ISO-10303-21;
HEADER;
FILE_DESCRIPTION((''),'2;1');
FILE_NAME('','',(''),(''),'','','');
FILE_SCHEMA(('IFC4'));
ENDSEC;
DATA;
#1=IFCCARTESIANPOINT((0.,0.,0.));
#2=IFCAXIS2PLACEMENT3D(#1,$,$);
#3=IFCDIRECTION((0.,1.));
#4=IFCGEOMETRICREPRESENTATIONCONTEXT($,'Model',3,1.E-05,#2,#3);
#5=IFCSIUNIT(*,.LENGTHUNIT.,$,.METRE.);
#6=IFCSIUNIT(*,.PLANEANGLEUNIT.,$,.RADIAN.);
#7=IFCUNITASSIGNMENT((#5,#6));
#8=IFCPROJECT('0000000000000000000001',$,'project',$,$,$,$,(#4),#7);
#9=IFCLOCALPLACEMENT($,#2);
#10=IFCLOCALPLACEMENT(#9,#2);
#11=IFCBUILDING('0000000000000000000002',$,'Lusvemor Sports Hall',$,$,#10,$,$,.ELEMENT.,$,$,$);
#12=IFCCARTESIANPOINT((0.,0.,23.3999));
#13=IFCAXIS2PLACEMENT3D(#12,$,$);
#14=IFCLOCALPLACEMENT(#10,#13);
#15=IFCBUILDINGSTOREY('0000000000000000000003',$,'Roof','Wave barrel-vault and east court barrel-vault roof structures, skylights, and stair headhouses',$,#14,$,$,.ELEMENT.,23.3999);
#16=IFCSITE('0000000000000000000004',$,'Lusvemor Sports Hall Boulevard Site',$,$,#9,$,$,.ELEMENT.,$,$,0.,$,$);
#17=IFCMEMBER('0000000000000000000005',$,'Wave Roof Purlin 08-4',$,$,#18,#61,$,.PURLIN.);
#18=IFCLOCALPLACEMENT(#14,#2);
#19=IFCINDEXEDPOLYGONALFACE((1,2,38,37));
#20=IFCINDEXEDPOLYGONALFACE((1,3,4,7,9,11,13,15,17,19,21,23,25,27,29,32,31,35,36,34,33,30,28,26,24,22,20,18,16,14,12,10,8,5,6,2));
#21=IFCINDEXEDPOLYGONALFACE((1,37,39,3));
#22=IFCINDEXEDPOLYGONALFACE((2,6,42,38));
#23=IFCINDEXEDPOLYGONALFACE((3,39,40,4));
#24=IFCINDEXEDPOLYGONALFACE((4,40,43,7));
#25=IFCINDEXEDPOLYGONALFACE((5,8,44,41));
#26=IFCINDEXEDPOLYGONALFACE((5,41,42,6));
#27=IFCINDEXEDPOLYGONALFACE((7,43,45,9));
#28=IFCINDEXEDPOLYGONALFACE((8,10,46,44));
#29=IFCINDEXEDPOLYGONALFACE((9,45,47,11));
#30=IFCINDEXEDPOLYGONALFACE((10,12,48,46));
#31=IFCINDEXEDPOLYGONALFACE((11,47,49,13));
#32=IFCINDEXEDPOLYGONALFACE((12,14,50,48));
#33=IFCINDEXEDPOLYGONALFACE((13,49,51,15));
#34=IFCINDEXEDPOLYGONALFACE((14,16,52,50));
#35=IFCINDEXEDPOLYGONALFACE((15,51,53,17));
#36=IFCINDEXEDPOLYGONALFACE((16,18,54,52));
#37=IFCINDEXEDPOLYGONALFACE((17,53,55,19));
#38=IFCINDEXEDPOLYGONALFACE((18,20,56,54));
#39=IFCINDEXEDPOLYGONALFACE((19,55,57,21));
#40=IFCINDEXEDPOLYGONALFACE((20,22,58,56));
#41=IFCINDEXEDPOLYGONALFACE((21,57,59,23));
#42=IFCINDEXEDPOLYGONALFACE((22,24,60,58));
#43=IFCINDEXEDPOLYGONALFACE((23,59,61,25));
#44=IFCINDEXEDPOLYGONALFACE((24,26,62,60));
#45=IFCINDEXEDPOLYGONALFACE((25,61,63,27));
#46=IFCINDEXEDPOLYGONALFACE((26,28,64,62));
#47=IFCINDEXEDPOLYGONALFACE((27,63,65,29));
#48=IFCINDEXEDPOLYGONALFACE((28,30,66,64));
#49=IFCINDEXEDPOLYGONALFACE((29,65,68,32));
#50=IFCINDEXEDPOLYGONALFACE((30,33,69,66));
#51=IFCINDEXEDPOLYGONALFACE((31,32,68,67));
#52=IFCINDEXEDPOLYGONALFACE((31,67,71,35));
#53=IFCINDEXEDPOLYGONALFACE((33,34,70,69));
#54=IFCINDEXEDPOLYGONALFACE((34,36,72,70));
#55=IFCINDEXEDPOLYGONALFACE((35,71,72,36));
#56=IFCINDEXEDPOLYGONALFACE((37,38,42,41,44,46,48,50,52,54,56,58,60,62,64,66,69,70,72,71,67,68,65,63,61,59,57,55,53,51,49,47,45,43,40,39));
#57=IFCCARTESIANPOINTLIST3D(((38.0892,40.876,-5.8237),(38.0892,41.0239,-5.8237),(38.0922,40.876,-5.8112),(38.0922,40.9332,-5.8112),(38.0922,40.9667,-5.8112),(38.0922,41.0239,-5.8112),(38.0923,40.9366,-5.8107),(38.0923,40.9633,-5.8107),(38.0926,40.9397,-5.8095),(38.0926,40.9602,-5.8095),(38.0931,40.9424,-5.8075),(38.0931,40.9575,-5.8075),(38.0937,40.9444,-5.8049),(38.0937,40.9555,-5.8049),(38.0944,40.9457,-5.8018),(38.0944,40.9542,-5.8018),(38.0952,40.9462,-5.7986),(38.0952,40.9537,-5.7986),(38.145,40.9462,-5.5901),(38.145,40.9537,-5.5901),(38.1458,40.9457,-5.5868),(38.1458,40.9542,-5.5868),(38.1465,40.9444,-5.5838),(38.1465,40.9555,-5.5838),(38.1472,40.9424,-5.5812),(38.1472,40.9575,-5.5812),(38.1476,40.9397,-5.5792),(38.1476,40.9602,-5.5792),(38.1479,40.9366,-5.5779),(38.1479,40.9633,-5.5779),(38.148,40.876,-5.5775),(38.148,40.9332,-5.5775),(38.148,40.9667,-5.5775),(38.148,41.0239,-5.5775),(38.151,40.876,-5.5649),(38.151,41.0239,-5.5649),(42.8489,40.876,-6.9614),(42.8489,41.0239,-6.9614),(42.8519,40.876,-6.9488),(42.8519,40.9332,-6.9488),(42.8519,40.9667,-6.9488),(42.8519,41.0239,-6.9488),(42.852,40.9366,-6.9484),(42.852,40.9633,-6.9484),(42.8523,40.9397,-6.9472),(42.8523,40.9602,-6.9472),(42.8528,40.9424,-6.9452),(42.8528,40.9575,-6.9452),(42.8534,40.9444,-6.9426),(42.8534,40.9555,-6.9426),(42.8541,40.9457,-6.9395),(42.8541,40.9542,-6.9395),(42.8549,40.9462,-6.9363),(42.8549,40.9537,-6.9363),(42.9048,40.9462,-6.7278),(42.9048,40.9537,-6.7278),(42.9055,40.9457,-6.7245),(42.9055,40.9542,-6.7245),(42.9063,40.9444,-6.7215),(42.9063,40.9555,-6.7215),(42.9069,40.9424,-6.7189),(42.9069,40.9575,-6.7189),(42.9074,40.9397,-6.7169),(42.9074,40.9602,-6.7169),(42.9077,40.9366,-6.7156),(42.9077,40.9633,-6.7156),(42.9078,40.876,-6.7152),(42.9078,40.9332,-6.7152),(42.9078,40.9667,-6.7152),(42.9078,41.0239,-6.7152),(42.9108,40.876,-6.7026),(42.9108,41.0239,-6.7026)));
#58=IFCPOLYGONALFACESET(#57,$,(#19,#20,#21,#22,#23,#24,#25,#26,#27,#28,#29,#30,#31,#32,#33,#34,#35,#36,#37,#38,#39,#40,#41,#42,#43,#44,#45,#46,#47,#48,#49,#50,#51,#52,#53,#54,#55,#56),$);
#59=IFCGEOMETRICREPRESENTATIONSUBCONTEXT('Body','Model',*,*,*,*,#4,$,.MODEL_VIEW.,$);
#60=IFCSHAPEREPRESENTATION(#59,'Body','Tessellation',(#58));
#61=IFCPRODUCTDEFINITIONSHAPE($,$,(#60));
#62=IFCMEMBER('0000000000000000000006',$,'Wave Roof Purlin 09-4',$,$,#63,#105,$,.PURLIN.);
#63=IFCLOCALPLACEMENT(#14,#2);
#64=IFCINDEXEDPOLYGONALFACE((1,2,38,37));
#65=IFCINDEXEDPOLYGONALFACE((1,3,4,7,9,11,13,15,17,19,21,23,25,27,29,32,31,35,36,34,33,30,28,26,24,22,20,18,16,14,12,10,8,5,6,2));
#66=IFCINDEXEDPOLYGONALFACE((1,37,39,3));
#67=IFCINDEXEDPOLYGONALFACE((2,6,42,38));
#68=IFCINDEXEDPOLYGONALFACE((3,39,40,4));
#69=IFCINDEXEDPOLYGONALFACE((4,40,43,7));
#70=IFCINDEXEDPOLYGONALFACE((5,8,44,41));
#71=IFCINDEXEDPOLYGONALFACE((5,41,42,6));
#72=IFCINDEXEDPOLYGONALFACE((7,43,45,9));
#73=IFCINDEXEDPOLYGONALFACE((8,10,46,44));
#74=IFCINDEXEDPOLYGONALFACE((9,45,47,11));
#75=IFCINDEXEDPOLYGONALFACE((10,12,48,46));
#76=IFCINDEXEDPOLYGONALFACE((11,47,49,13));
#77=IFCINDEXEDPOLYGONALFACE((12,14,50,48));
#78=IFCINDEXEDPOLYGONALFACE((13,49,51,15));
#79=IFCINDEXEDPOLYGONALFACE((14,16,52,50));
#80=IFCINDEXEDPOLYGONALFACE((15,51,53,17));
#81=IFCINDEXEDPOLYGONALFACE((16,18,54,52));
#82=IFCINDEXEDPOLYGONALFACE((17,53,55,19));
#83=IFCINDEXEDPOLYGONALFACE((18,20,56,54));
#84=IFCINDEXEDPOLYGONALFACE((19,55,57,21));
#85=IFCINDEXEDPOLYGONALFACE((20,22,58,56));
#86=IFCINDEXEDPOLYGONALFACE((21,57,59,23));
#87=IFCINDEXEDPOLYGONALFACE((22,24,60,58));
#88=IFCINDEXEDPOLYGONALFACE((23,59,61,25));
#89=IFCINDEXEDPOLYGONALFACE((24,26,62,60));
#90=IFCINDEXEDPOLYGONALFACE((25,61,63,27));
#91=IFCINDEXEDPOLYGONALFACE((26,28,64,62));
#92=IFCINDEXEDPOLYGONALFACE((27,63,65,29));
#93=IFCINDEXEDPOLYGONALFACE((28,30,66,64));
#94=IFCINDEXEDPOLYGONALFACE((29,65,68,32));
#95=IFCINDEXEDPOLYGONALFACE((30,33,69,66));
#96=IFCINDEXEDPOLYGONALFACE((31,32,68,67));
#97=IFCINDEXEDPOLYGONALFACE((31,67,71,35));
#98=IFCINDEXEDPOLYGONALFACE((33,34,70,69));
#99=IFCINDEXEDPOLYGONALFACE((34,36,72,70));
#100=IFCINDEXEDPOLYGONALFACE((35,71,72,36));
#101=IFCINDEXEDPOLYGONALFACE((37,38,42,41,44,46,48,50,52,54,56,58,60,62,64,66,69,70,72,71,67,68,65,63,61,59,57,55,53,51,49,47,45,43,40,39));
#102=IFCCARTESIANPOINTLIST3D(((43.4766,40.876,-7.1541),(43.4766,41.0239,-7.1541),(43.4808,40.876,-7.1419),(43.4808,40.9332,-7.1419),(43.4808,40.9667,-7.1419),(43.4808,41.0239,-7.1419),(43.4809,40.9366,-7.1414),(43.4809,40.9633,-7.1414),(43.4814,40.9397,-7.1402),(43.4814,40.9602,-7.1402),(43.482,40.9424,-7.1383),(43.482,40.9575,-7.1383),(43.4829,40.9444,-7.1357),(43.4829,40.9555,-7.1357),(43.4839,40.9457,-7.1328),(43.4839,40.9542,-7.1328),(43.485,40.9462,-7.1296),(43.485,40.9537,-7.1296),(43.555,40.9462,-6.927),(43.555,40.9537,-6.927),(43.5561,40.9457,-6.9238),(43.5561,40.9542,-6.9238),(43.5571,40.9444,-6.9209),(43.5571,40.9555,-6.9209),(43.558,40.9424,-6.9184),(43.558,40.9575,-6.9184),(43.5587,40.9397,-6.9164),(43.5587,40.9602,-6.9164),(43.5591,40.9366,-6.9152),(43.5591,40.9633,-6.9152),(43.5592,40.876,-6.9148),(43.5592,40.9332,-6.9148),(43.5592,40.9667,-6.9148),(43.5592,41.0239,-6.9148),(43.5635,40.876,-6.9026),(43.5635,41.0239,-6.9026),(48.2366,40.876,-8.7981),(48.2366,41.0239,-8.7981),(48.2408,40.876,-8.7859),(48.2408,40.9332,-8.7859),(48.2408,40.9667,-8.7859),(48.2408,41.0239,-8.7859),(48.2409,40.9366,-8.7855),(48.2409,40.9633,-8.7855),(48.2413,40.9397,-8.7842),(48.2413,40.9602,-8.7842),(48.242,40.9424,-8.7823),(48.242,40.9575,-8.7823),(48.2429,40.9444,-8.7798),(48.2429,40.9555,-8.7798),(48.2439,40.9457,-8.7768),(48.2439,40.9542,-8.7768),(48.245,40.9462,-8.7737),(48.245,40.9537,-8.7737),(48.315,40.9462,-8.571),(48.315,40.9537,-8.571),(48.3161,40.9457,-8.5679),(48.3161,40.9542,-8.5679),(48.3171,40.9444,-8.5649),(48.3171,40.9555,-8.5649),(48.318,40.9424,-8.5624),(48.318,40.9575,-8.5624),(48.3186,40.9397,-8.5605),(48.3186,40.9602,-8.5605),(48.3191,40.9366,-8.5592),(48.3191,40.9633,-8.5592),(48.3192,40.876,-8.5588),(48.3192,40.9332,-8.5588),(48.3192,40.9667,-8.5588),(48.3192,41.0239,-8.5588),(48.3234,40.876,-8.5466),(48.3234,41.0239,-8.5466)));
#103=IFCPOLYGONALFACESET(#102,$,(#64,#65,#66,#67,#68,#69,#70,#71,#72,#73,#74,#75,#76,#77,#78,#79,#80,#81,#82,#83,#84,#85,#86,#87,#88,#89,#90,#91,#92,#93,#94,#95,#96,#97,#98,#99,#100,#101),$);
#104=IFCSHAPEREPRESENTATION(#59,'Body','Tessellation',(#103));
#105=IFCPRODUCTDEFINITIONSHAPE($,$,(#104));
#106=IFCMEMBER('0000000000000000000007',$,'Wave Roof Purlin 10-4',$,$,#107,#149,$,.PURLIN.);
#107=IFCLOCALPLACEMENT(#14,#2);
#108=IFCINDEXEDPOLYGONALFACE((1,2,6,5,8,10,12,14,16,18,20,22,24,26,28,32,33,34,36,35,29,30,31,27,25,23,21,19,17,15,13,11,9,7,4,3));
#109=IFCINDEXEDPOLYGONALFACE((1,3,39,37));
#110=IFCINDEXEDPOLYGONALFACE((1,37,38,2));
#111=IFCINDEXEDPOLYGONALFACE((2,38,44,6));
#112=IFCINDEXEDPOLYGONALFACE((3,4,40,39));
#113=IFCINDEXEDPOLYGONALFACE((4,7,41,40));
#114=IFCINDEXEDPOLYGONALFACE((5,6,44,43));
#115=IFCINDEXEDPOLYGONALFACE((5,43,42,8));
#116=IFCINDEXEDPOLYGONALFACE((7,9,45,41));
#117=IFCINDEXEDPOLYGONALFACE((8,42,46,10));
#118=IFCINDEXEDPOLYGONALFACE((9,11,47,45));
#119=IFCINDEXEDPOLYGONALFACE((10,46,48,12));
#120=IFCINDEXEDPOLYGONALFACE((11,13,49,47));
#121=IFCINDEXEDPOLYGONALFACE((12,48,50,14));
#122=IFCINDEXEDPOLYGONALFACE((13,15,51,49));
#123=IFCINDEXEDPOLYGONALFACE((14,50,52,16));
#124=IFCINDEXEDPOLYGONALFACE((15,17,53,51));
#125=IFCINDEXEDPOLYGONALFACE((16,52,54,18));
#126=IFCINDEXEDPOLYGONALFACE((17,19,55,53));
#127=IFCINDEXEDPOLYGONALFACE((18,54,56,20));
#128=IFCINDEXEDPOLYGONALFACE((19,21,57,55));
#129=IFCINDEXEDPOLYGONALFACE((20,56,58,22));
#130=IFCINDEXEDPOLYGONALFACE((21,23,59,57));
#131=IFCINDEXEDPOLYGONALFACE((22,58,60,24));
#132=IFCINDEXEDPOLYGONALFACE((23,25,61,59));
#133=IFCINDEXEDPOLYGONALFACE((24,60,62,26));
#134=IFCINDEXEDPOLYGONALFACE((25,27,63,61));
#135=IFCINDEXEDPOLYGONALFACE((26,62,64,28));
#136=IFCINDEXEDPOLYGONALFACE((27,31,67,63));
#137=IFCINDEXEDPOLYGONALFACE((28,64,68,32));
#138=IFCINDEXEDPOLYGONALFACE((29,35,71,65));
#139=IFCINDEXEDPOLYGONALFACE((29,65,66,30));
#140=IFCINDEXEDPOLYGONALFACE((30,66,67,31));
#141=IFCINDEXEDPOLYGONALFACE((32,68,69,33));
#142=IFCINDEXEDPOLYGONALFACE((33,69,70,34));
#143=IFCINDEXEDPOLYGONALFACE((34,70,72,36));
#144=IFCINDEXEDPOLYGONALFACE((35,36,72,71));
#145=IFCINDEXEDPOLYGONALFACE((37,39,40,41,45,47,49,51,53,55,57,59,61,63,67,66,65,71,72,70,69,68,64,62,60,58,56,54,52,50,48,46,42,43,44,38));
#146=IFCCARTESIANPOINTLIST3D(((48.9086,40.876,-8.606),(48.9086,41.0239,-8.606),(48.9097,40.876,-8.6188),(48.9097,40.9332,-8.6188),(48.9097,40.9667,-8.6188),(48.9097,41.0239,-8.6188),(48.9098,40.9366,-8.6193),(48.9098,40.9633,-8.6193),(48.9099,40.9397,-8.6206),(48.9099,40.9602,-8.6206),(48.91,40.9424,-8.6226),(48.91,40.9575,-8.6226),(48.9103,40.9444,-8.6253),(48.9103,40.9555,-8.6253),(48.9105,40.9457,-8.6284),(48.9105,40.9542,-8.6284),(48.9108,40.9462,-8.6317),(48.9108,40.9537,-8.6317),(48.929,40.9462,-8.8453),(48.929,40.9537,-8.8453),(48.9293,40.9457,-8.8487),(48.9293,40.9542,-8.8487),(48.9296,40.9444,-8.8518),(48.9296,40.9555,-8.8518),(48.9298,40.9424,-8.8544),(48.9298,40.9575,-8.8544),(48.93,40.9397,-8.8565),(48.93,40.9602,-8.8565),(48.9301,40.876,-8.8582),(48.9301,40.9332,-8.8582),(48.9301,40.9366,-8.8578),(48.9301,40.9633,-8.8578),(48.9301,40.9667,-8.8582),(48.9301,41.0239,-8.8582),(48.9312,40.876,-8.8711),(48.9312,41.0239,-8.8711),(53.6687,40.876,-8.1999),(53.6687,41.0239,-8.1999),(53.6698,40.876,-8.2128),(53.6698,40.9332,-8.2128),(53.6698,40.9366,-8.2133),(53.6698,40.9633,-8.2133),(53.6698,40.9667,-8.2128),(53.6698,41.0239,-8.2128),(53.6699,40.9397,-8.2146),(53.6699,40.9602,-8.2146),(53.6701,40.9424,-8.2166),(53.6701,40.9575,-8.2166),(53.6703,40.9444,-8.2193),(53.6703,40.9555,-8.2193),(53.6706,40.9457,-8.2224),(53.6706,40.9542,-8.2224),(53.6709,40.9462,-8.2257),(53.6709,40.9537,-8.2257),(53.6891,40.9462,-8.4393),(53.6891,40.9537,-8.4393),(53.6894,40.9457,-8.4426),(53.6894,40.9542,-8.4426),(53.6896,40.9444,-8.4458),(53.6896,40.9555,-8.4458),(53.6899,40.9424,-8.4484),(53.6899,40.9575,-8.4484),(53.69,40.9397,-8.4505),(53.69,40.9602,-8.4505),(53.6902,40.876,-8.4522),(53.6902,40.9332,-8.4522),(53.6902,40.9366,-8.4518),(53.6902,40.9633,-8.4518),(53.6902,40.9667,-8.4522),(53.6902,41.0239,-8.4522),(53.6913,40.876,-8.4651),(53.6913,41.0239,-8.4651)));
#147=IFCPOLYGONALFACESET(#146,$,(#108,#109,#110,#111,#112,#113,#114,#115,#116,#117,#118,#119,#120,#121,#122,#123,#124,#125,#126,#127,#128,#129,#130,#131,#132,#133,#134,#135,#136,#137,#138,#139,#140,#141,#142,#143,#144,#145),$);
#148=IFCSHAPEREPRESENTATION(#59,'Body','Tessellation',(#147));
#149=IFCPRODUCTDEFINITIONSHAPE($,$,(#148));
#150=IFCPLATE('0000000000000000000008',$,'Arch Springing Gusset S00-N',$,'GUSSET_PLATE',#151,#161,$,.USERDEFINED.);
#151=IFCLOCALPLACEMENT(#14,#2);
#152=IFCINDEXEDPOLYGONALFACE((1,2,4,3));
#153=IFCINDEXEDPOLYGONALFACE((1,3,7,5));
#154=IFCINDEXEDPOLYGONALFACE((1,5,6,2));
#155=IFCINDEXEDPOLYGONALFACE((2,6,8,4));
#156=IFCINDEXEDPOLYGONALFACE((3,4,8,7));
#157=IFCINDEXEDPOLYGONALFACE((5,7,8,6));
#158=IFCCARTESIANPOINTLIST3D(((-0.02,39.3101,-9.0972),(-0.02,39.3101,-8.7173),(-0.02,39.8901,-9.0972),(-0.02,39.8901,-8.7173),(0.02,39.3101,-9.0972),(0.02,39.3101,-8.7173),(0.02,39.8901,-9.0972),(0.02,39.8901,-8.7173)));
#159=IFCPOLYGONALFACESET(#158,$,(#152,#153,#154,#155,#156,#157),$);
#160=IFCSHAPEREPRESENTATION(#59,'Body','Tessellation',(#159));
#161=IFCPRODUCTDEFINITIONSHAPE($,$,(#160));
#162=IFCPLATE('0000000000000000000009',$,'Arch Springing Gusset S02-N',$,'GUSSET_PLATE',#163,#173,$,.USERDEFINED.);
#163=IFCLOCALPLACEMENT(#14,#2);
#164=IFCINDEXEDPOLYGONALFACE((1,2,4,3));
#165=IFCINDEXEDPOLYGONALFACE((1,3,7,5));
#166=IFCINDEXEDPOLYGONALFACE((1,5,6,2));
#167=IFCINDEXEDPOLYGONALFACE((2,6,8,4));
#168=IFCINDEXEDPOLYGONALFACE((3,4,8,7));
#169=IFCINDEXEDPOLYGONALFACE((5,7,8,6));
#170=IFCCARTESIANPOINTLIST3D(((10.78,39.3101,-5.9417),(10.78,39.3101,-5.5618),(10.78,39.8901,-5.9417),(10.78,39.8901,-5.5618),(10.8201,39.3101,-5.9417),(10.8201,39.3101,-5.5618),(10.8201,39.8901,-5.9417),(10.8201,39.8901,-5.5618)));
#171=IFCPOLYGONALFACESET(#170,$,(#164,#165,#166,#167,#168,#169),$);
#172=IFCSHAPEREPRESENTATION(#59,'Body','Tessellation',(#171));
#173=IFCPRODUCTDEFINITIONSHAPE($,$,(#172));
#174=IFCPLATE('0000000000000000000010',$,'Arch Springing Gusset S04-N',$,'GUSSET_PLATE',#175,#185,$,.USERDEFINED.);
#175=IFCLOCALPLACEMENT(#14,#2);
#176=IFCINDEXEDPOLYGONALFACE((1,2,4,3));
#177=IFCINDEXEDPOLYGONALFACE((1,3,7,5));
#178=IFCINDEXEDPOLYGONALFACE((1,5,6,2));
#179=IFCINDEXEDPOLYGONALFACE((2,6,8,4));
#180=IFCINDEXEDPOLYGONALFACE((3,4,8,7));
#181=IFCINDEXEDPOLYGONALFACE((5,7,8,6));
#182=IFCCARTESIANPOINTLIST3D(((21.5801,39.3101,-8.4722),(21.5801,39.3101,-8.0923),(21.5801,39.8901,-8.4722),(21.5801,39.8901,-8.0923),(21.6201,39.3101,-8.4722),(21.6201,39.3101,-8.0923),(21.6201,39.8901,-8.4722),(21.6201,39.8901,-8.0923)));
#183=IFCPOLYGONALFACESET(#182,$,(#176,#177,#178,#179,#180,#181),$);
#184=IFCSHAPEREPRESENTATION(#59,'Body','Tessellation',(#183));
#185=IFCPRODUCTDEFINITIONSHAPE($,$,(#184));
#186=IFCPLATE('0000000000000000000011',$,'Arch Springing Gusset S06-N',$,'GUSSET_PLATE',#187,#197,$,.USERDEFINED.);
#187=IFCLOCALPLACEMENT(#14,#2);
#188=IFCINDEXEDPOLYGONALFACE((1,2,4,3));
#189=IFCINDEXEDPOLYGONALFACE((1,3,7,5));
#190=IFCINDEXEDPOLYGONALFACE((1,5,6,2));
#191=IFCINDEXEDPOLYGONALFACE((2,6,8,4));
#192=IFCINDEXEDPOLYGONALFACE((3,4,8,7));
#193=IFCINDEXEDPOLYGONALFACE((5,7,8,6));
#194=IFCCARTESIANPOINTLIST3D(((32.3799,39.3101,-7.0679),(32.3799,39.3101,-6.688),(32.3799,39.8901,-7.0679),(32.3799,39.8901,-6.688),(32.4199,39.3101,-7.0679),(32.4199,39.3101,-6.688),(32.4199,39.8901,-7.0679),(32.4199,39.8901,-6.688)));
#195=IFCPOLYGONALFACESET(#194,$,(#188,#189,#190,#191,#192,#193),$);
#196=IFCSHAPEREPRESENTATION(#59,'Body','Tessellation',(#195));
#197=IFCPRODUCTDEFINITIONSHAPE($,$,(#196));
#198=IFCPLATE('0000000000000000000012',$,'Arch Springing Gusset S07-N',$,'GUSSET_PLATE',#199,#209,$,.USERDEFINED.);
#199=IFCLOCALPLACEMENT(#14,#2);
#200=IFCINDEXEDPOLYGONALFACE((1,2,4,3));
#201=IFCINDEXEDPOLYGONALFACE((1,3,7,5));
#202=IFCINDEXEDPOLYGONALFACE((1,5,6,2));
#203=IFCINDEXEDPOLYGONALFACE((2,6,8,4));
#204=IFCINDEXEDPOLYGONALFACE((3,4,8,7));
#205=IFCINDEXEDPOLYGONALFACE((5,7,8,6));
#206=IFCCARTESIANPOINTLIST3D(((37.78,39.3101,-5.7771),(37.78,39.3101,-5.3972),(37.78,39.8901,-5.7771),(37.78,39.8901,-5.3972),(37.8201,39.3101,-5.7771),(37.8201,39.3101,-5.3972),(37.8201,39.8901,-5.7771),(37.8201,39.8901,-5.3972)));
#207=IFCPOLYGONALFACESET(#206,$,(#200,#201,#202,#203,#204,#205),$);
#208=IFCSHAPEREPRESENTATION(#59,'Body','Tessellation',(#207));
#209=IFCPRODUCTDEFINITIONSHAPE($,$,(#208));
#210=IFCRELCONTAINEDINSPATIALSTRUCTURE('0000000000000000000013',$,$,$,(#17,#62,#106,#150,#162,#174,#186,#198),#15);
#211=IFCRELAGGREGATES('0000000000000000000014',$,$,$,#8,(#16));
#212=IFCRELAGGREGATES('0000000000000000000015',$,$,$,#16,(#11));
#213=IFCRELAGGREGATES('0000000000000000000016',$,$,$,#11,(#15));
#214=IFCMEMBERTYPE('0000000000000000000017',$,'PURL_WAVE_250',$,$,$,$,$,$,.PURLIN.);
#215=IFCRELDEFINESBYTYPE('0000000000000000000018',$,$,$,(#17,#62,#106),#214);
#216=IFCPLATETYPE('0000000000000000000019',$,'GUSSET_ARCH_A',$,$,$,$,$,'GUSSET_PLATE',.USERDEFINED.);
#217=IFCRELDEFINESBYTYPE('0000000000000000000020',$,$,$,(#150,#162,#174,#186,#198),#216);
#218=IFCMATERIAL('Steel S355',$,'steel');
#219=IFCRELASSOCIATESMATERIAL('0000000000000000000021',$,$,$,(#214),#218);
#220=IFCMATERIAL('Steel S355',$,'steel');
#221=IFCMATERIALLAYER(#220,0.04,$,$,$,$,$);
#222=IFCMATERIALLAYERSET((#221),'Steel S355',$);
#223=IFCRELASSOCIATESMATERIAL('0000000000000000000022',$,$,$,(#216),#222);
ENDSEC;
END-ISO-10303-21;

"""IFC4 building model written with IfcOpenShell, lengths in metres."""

from ifc_helpers import new_model, si_unit, direction, frame, origin, origin_2d, place, context, subcontext, project, spatial, rectangle, i_section, extrude, material, layer, layer_set, material_profile, profile_set, type_object, element, save


model = new_model("IFC4")

# Units and contexts
model_context = context("Model", 3, precision=1e-05, world=origin(), true_north=direction((0.0, 1.0)))
body_context = subcontext(model_context, "Body", "Model", "MODEL_VIEW")
ifc_project = project(units=[si_unit("LENGTHUNIT", "METRE"), si_unit("PLANEANGLEUNIT", "RADIAN")], contexts=[model_context])

# Site, building, storey
site_placement = place(None, origin())
site = spatial("IfcSite", under=ifc_project, at=site_placement, Name="Lusvemor Sports Hall Boulevard Site", CompositionType="ELEMENT", RefElevation=0.0)
building_placement = place(site_placement, origin())
building = spatial("IfcBuilding", under=site, at=building_placement, Name="Lusvemor Sports Hall", CompositionType="ELEMENT")
storey_placement = place(building_placement, frame((0.0, 0.0, 23.3999)))
storey = spatial("IfcBuildingStorey", under=building, at=storey_placement, Name="Roof", Description="Wave barrel-vault and east court barrel-vault roof structures, skylights, and stair headhouses", CompositionType="ELEMENT", Elevation=23.3999)

# Members
ifc_material_1 = material(Name="Steel S355", Category="steel")
ifc_material_profile_1 = material_profile(ifc_material_1, i_section(OverallWidth=0.1479, OverallDepth=0.2661, WebThickness=0.0076, FlangeThickness=0.0129, FilletRadius=0.0129, at=origin_2d()), Name="W250x44.8")
ifc_profile_set_1 = profile_set([ifc_material_profile_1], Name="Steel S355")
member_type = type_object("IfcMemberType", Name="PURL_WAVE_250", PredefinedType="PURLIN", material=ifc_profile_set_1)
member_1_placement = place(storey_placement, frame((38.1201, 40.95, -5.6943), z_axis=(0.972602, 0.0, -0.232475), x_axis=(0.0, 1.0, 0.0)))
element("IfcMember", 1, at=member_1_placement, inside=storey, type_object=member_type, Name="Wave Roof Purlin 08-4", PredefinedType="PURLIN", context=body_context, shape_type="SweptSolid", body=[
    extrude(i_section(OverallWidth=0.1479, OverallDepth=0.2661, WebThickness=0.0076, FlangeThickness=0.0129, FilletRadius=0.0129, at=origin_2d()), origin(), (0.0, 0.0, 1.0), 4.8938),
])
member_2_placement = place(storey_placement, frame((43.52, 40.95, -7.0283), z_axis=(0.94521, 0.0, -0.326463), x_axis=(0.0, 1.0, 0.0)))
element("IfcMember", 2, at=member_2_placement, inside=storey, type_object=member_type, Name="Wave Roof Purlin 09-4", PredefinedType="PURLIN", context=body_context, shape_type="SweptSolid", body=[
    extrude(i_section(OverallWidth=0.1479, OverallDepth=0.2661, WebThickness=0.0076, FlangeThickness=0.0129, FilletRadius=0.0129, at=origin_2d()), origin(), (0.0, 0.0, 1.0), 5.0359),
])
member_3_placement = place(storey_placement, frame((48.9199, 40.95, -8.7385), z_axis=(0.996382, 0.0, 0.084987), x_axis=(0.0, 1.0, 0.0)))
element("IfcMember", 3, at=member_3_placement, inside=storey, type_object=member_type, Name="Wave Roof Purlin 10-4", PredefinedType="PURLIN", context=body_context, shape_type="SweptSolid", body=[
    extrude(i_section(OverallWidth=0.1479, OverallDepth=0.2661, WebThickness=0.0076, FlangeThickness=0.0129, FilletRadius=0.0129, at=origin_2d()), origin(), (0.0, 0.0, 1.0), 4.7773),
])

# Plates
ifc_material_2 = material(Name="Steel S355", Category="steel")
ifc_layer_1 = layer(ifc_material_2, 0.04)
ifc_layer_set_1 = layer_set([ifc_layer_1], Name="Steel S355")
plate_type = type_object("IfcPlateType", Name="GUSSET_ARCH_A", ElementType="GUSSET_PLATE", PredefinedType="USERDEFINED", material=ifc_layer_set_1)
for number, where, z_axis, x_axis, name in (
    (4, (0.0, 39.6001, -9.0972), (0.0, 0.0, 1.0), (1.0, 0.0, 0.0), "Arch Springing Gusset S00-N"),
    (5, (10.8, 39.6001, -5.9417), (0.0, 0.0, 1.0), (1.0, 0.0, 0.0), "Arch Springing Gusset S02-N"),
    (6, (21.6001, 39.6001, -8.4722), (0.0, 0.0, 1.0), (1.0, 0.0, 0.0), "Arch Springing Gusset S04-N"),
    (7, (32.3999, 39.6001, -7.0679), (0.0, 0.0, 1.0), (1.0, 0.0, 0.0), "Arch Springing Gusset S06-N"),
    (8, (37.8, 39.6001, -5.7771), (0.0, 0.0, 1.0), (1.0, 0.0, 0.0), "Arch Springing Gusset S07-N"),
):
    element("IfcPlate", number, at=place(storey_placement, frame(where, z_axis=z_axis, x_axis=x_axis)), inside=storey, type_object=plate_type, Name=name, ObjectType="GUSSET_PLATE", PredefinedType="USERDEFINED", context=body_context, shape_type="SweptSolid", body=[
        extrude(rectangle(XDim=0.04, YDim=0.5801, at=origin_2d()), origin(), (0.0, 0.0, 1.0), 0.3799),
    ])

save(model, "model.ifc")
